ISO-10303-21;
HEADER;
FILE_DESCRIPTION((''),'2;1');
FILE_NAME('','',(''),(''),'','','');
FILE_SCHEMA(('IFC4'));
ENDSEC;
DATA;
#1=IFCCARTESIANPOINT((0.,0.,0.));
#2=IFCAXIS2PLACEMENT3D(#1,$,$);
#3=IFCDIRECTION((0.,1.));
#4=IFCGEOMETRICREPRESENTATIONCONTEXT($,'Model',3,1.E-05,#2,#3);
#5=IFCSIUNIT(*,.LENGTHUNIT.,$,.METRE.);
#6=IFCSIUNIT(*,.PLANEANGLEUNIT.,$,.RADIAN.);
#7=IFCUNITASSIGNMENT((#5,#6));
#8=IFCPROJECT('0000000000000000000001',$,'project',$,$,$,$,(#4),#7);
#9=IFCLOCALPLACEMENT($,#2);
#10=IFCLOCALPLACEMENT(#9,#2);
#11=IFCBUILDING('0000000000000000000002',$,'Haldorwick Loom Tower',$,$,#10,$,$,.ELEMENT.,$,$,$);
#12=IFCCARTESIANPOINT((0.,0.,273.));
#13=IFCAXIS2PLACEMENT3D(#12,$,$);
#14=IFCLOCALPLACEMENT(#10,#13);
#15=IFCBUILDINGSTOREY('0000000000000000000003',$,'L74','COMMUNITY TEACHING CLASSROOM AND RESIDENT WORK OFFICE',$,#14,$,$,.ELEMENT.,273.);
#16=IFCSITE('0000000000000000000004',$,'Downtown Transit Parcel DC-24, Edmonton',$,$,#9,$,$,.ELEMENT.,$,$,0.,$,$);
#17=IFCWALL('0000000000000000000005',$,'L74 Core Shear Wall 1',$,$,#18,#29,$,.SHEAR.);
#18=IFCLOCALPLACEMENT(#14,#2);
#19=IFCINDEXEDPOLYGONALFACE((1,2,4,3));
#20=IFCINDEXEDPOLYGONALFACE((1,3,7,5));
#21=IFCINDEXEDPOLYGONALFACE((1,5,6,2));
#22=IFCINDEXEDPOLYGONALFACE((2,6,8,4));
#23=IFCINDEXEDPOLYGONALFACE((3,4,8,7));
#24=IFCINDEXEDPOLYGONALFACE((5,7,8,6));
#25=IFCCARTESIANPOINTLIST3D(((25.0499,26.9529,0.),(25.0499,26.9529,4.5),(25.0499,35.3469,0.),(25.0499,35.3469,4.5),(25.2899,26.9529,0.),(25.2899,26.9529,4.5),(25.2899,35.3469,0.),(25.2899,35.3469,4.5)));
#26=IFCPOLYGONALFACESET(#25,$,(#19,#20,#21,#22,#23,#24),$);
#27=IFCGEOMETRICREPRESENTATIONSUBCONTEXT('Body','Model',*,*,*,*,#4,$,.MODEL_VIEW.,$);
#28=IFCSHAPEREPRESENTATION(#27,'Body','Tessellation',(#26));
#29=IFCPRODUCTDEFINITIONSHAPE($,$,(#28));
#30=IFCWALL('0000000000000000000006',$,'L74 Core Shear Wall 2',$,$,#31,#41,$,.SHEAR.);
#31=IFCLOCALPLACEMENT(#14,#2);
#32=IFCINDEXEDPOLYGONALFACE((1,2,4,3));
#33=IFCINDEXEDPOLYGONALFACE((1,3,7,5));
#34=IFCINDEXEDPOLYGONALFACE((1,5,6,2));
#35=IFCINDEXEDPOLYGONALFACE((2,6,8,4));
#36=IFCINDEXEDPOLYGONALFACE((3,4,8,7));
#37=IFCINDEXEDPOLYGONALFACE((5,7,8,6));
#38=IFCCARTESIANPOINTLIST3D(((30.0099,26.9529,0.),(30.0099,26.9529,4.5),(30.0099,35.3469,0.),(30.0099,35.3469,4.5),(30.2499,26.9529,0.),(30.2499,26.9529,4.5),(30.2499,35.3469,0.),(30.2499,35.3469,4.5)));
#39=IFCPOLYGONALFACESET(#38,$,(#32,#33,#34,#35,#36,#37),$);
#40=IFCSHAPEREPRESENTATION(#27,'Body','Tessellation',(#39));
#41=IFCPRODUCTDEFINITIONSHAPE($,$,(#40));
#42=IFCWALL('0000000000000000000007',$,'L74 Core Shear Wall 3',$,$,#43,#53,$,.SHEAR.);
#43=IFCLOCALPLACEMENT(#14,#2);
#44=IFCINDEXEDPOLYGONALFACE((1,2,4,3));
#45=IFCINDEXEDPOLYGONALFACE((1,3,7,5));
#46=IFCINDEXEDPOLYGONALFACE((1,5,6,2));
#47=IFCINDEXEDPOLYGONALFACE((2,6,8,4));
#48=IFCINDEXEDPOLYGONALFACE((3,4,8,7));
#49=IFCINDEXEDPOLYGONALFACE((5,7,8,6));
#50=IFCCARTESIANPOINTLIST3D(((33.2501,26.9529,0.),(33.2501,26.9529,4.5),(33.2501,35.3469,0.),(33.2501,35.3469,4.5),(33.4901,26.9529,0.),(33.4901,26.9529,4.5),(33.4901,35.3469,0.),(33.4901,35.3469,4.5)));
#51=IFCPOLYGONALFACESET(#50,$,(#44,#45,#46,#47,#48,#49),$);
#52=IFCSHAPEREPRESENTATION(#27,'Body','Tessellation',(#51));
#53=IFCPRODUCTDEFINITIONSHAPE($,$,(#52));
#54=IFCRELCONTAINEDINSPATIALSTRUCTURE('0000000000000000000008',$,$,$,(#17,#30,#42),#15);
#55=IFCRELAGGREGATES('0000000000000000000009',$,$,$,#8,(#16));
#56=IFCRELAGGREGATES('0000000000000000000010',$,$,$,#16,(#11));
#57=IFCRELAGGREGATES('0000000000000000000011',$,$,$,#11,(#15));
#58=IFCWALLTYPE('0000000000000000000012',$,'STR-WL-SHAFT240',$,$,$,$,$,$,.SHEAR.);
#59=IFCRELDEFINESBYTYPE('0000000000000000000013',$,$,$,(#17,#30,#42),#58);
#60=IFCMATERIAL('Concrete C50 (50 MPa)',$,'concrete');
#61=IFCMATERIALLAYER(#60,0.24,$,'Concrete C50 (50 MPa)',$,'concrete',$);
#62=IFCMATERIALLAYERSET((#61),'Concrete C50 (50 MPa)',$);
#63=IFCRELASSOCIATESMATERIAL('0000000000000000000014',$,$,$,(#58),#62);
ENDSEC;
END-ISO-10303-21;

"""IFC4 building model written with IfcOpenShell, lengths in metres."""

from ifc_helpers import new_model, si_unit, direction, frame, frame_2d, origin, place, context, subcontext, project, spatial, rectangle, extrude, material, layer, layer_set, type_object, element, save


model = new_model("IFC4")

# Units and contexts
model_context = context("Model", 3, precision=1e-05, world=origin(), true_north=direction((0.0, 1.0)))
body_context = subcontext(model_context, "Body", "Model", "MODEL_VIEW")
ifc_project = project(units=[si_unit("LENGTHUNIT", "METRE"), si_unit("PLANEANGLEUNIT", "RADIAN")], contexts=[model_context])

# Site, building, storey
site_placement = place(None, origin())
site = spatial("IfcSite", under=ifc_project, at=site_placement, Name="Downtown Transit Parcel DC-24, Edmonton", CompositionType="ELEMENT", RefElevation=0.0)
building_placement = place(site_placement, origin())
building = spatial("IfcBuilding", under=site, at=building_placement, Name="Haldorwick Loom Tower", CompositionType="ELEMENT")
storey_placement = place(building_placement, frame((0.0, 0.0, 273.0)))
storey = spatial("IfcBuildingStorey", under=building, at=storey_placement, Name="L74", Description="COMMUNITY TEACHING CLASSROOM AND RESIDENT WORK OFFICE", CompositionType="ELEMENT", Elevation=273.0)

# Shared definitions
ifc_material_1 = material(Name="Concrete C50 (50 MPa)", Category="concrete")

# Walls
ifc_layer_1 = layer(ifc_material_1, 0.24, Name="Concrete C50 (50 MPa)", Category="concrete")
ifc_layer_set_1 = layer_set([ifc_layer_1], Name="Concrete C50 (50 MPa)")
wall_type_1 = type_object("IfcWallType", Name="STR-WL-SHAFT240", PredefinedType="SHEAR", material=ifc_layer_set_1)
for number, where, z_axis, x_axis, name in (
    (1, (25.1699, 26.9529, 0.0), (0.0, 0.0, 1.0), (0.0, 1.0, 0.0), "L74 Core Shear Wall 1"),
    (2, (30.1299, 26.9529, 0.0), (0.0, 0.0, 1.0), (0.0, 1.0, 0.0), "L74 Core Shear Wall 2"),
    (3, (33.3701, 26.9529, 0.0), (0.0, 0.0, 1.0), (0.0, 1.0, 0.0), "L74 Core Shear Wall 3"),
):
    element("IfcWall", number, at=place(storey_placement, frame(where, z_axis=z_axis, x_axis=x_axis)), inside=storey, type_object=wall_type_1, Name=name, PredefinedType="SHEAR", context=body_context, shape_type="SweptSolid", body=[
        extrude(rectangle(XDim=8.394, YDim=0.24, at=frame_2d((4.197, 0.0))), origin(), (0.0, 0.0, 1.0), 4.5),
    ])

save(model, "model.ifc")
